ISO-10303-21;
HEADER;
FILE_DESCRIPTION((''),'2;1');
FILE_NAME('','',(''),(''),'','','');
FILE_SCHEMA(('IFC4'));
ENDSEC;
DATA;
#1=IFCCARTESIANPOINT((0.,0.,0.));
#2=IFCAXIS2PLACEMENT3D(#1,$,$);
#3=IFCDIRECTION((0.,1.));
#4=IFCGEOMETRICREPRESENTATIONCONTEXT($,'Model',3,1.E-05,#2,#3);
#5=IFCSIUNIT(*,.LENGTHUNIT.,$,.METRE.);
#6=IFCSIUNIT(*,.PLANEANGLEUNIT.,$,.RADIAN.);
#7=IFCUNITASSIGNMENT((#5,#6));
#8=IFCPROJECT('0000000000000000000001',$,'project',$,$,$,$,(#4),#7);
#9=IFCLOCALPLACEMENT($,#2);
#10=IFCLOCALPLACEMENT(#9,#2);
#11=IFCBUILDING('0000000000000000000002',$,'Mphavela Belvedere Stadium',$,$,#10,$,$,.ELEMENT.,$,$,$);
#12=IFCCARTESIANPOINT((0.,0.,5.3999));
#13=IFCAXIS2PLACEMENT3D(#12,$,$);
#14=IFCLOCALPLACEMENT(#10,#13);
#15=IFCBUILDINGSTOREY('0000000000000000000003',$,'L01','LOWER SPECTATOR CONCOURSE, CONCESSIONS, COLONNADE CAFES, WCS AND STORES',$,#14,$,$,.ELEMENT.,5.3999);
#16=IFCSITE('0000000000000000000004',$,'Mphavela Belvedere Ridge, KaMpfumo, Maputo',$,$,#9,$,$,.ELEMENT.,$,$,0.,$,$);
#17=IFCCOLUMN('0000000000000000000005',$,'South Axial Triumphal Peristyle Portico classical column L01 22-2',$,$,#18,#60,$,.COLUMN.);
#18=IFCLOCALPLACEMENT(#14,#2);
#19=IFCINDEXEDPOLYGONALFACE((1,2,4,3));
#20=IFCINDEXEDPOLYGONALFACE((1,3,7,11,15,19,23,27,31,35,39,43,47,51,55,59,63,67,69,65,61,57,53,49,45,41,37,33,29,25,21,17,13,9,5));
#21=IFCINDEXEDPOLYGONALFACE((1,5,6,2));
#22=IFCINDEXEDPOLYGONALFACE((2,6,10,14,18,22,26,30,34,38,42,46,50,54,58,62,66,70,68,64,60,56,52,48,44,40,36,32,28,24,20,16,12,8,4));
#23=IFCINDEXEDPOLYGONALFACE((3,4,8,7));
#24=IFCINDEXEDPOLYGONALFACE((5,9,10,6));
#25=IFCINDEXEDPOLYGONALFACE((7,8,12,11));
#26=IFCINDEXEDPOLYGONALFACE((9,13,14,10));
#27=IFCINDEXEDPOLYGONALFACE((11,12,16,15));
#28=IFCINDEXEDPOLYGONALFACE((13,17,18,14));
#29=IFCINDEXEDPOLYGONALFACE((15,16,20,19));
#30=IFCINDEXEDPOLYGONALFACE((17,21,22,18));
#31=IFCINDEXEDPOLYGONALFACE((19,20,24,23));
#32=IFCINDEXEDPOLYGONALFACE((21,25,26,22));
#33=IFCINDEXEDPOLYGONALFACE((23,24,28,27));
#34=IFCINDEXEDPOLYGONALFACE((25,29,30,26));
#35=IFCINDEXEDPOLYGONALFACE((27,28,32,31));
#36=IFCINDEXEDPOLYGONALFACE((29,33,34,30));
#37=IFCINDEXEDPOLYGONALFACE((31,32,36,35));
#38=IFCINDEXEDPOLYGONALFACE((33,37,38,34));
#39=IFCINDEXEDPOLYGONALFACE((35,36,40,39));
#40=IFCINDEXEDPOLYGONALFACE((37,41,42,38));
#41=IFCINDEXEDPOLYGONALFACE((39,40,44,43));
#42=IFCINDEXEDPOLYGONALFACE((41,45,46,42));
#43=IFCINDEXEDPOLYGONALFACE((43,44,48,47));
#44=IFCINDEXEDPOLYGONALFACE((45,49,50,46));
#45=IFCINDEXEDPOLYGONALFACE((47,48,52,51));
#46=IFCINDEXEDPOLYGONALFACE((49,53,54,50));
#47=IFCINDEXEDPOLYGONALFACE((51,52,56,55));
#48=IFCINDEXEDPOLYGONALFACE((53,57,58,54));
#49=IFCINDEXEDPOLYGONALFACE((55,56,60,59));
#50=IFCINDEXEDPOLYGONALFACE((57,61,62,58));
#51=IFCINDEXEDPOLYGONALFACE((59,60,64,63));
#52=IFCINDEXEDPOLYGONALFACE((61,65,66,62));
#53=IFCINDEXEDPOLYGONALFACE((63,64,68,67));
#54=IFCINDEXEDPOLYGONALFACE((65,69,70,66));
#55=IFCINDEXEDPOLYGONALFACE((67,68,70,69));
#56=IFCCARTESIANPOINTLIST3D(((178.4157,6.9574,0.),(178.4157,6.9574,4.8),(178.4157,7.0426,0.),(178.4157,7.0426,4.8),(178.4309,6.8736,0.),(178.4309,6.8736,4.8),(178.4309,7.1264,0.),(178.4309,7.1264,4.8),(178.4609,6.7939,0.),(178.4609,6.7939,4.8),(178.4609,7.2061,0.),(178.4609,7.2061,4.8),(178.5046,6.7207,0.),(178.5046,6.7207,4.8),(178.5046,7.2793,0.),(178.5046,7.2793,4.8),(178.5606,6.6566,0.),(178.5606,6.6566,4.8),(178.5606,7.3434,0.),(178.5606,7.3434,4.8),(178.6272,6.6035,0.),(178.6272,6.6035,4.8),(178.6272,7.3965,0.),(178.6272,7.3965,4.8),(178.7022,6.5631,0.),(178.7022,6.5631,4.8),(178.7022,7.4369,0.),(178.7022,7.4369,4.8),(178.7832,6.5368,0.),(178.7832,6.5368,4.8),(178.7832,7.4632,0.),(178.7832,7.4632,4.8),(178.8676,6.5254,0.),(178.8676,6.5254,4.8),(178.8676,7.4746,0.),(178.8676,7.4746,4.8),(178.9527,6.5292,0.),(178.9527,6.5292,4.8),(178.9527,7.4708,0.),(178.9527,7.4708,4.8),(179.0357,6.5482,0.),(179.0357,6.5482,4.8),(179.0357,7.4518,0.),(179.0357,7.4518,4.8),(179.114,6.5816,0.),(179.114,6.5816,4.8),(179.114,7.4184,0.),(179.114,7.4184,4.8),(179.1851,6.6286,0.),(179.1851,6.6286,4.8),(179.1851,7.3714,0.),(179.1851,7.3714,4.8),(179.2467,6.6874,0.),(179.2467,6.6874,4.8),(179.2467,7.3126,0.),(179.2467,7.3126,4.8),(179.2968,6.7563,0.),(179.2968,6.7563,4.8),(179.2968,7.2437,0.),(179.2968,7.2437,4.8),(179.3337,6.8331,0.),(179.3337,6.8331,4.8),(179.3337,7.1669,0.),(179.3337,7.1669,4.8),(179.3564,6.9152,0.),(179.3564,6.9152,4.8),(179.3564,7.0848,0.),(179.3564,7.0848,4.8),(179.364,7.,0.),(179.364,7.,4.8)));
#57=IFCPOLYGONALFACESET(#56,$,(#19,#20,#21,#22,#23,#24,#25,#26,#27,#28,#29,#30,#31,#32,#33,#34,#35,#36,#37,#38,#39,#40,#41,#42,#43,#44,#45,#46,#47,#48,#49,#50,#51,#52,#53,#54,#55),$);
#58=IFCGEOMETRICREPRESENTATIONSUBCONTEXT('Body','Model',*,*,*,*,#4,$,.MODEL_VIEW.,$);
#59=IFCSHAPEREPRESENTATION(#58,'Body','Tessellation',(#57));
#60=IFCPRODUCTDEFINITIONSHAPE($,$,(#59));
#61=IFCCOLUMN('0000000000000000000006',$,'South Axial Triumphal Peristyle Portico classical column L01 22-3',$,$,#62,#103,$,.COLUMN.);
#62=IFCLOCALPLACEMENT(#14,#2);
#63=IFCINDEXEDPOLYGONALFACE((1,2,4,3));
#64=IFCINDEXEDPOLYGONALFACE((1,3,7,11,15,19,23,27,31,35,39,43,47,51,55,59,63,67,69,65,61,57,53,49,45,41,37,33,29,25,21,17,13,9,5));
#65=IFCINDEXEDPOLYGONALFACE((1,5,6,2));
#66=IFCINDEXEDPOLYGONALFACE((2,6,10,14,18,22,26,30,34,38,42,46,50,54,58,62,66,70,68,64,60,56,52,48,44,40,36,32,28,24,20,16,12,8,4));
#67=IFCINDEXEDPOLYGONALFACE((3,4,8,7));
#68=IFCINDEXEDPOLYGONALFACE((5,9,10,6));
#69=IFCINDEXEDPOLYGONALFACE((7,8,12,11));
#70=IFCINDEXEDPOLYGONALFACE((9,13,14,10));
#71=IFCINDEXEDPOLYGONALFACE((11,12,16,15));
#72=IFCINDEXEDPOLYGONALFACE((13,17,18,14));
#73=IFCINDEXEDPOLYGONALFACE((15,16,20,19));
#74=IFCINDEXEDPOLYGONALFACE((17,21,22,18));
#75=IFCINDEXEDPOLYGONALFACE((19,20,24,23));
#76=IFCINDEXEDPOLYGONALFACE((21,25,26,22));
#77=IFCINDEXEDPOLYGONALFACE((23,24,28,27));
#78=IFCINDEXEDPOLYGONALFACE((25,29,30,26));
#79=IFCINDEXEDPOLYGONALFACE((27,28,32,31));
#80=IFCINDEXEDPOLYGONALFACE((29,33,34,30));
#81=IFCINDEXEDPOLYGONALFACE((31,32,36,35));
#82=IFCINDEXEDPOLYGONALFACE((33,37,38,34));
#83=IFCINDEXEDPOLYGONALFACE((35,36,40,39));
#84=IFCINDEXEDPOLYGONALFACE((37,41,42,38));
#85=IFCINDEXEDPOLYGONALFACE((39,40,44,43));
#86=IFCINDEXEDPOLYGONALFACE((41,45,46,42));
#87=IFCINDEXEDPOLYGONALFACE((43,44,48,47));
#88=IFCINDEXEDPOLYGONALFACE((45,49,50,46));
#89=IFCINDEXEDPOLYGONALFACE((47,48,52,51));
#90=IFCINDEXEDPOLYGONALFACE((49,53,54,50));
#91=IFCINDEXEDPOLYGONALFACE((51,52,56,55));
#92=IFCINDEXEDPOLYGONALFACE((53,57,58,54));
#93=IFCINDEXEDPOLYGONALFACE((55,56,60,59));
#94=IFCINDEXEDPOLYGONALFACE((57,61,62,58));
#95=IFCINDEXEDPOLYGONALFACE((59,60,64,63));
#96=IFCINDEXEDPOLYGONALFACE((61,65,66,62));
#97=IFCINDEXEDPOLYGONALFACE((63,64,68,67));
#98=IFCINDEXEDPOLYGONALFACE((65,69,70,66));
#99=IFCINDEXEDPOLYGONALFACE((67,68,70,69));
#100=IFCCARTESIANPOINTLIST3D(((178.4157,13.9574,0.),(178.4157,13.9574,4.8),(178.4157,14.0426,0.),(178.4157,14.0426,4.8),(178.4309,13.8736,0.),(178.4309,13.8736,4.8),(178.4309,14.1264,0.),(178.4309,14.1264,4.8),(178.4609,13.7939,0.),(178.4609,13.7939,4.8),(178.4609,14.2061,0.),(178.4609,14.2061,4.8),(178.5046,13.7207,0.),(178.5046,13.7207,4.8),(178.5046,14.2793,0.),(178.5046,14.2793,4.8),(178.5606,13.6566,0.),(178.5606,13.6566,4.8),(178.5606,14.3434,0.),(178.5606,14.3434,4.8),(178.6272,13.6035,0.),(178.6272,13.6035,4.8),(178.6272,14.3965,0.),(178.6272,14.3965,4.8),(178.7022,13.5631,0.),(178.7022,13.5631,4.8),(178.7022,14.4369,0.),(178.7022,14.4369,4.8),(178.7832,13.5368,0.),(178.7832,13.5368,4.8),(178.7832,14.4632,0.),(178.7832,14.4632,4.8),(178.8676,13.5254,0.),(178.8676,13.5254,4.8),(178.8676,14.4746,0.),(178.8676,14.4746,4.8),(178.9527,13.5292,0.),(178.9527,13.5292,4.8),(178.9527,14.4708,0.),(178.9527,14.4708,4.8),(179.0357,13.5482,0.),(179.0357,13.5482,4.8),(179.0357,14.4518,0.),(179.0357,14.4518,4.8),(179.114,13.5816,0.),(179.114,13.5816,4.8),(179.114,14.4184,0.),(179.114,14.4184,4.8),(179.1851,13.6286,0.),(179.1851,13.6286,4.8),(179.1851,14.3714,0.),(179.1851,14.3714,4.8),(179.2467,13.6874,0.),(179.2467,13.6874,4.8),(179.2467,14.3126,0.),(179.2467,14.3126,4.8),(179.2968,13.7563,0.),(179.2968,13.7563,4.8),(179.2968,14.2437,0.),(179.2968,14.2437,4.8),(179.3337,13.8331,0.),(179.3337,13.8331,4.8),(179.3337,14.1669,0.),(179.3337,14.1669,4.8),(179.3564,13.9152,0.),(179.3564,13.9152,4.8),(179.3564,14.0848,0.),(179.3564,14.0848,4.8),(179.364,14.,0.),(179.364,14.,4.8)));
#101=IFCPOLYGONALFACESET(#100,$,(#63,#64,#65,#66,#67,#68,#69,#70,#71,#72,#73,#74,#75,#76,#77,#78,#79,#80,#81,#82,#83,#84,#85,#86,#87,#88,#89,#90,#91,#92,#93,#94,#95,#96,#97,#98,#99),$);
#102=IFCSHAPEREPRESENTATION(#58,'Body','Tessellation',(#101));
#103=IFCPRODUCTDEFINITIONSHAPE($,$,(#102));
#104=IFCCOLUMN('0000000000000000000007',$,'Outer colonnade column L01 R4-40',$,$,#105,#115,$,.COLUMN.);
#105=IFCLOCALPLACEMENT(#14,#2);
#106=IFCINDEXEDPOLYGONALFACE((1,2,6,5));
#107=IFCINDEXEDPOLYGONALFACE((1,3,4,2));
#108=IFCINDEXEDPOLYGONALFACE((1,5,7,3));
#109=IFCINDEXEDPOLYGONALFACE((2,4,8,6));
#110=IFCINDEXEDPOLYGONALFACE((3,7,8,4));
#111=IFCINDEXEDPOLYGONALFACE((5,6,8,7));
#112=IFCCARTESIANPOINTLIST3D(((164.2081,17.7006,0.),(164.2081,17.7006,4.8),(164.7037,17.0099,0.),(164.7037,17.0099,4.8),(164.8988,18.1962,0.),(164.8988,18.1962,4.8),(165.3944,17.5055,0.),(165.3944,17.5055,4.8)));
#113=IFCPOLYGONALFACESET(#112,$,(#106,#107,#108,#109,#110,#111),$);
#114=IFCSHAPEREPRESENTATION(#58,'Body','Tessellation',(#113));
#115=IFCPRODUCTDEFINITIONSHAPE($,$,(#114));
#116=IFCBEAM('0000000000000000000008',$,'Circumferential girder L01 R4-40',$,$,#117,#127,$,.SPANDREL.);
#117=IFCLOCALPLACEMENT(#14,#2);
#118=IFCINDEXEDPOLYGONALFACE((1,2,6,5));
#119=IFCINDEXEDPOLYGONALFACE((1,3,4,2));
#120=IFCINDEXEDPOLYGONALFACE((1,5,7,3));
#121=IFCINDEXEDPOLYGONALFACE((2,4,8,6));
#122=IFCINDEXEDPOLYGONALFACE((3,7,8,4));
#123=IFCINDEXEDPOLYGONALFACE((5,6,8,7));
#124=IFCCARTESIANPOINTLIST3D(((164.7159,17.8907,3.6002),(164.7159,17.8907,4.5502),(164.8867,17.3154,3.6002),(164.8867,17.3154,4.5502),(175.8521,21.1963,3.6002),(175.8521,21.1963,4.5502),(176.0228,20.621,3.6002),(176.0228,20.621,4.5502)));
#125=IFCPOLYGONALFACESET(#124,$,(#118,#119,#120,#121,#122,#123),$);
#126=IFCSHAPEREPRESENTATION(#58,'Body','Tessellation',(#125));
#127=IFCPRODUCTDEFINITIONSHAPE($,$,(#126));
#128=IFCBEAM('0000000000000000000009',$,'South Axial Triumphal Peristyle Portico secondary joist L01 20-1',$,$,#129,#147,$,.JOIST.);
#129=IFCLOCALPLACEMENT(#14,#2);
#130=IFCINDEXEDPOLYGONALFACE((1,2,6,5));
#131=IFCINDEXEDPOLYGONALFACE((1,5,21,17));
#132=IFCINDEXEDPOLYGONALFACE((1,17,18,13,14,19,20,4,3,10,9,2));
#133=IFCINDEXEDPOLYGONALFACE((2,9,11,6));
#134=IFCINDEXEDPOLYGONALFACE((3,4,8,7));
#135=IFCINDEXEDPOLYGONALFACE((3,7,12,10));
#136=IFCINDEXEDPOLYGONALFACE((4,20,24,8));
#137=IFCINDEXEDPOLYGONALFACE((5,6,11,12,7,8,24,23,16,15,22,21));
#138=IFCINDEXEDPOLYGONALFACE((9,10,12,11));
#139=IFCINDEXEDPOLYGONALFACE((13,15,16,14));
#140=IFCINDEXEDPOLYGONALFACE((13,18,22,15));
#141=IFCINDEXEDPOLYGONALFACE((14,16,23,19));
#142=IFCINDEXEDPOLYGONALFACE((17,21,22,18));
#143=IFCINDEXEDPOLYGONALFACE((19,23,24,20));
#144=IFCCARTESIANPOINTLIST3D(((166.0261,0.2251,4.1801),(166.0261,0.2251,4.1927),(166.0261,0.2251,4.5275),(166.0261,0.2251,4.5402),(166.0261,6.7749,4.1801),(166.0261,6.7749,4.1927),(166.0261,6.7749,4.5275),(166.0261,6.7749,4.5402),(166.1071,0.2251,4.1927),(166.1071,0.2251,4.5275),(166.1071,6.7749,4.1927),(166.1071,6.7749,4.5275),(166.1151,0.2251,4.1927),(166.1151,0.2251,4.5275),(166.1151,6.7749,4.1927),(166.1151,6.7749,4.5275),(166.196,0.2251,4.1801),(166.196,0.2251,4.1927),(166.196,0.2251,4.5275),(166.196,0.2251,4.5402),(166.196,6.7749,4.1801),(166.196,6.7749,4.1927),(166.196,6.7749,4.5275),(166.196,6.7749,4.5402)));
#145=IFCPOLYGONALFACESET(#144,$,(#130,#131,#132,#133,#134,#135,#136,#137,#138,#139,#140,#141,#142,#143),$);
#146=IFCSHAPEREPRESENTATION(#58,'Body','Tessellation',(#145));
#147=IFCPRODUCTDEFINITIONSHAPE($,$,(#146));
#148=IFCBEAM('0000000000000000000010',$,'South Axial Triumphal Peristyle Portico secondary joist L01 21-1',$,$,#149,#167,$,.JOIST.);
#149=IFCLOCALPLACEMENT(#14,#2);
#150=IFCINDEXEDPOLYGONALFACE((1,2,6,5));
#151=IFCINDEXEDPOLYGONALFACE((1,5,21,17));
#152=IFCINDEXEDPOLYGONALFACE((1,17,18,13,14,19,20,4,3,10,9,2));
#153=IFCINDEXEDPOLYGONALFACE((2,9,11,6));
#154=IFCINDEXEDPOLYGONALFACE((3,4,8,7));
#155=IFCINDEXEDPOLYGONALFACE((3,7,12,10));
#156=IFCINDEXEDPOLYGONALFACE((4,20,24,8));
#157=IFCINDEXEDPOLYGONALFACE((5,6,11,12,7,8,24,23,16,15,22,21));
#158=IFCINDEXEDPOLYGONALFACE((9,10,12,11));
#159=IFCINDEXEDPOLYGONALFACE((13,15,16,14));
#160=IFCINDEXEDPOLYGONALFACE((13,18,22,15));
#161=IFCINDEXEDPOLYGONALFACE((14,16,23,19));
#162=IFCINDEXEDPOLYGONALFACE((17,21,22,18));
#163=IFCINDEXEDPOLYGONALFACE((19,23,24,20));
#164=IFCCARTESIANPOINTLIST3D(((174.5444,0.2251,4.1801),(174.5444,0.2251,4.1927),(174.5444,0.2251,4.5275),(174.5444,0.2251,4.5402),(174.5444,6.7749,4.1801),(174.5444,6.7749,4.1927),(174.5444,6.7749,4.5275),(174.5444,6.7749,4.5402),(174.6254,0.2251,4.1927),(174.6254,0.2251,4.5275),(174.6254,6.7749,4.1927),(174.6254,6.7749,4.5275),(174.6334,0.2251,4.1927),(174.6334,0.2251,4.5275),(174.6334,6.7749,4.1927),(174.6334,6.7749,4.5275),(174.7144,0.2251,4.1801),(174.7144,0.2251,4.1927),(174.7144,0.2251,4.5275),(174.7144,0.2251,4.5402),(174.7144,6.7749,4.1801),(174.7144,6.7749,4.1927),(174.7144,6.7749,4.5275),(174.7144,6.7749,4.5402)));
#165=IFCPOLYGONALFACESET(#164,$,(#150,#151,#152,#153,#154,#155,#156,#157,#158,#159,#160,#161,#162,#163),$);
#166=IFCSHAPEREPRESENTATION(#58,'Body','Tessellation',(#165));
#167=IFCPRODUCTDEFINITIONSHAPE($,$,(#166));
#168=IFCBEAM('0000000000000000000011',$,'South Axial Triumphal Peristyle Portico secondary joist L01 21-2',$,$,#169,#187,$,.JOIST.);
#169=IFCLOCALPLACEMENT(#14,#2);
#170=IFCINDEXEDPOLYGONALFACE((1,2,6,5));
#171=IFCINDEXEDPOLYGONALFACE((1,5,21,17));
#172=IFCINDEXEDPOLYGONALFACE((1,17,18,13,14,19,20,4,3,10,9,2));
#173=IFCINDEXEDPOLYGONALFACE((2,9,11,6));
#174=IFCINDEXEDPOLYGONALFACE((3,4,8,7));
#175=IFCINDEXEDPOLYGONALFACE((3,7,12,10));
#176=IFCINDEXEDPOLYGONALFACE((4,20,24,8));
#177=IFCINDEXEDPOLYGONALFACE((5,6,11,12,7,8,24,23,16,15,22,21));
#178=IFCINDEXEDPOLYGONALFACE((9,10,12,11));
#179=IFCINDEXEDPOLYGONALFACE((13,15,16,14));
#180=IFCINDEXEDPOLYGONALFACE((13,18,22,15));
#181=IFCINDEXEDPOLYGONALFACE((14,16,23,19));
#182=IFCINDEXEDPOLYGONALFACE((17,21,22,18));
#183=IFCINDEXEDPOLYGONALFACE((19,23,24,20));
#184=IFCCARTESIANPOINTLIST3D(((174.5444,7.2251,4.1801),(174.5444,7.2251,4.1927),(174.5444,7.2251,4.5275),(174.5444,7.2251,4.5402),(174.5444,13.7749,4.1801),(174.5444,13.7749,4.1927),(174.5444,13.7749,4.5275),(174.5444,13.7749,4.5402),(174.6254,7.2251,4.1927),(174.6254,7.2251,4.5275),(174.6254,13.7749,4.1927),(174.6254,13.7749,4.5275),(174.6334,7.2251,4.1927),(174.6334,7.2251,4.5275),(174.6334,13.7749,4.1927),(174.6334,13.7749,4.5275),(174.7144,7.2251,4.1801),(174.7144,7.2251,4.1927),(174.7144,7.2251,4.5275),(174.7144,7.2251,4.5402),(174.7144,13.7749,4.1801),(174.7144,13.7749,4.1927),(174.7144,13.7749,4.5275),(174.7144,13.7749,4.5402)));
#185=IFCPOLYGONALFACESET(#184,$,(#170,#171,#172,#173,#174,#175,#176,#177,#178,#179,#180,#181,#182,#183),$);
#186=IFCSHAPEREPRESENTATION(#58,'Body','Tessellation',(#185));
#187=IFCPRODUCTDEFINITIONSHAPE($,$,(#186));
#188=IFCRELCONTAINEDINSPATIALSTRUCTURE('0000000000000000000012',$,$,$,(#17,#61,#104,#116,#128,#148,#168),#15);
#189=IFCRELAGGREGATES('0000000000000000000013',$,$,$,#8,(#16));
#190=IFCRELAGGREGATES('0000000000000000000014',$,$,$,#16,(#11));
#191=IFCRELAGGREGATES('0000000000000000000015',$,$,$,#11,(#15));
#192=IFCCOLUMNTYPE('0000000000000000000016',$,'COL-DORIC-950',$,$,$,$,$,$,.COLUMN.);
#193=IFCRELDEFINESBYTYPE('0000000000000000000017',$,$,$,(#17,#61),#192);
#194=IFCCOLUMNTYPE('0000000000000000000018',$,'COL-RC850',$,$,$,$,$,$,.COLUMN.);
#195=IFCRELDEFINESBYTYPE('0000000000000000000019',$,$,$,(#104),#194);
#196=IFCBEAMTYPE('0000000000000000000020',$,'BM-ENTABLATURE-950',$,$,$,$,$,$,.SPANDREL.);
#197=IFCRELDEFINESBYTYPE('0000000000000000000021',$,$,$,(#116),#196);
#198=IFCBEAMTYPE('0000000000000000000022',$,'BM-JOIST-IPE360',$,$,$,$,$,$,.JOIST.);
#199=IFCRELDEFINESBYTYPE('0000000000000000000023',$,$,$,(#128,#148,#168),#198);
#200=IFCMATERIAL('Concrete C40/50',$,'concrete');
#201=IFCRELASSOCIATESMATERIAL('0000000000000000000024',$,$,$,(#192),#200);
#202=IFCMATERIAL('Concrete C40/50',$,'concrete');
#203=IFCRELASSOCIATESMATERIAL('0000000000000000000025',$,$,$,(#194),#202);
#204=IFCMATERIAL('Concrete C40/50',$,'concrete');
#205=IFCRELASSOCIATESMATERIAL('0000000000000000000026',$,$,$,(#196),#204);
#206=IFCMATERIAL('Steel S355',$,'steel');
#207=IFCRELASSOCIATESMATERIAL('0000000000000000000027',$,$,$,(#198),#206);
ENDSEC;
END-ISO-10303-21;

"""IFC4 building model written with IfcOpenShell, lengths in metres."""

from ifc_helpers import new_model, si_unit, direction, frame, origin, origin_2d, place, context, subcontext, project, spatial, rectangle, circle, i_section, extrude, material, material_profile, profile_set, type_object, element, save


model = new_model("IFC4")

# Units and contexts
model_context = context("Model", 3, precision=1e-05, world=origin(), true_north=direction((0.0, 1.0)))
body_context = subcontext(model_context, "Body", "Model", "MODEL_VIEW")
ifc_project = project(units=[si_unit("LENGTHUNIT", "METRE"), si_unit("PLANEANGLEUNIT", "RADIAN")], contexts=[model_context])

# Site, building, storey
site_placement = place(None, origin())
site = spatial("IfcSite", under=ifc_project, at=site_placement, Name="Mphavela Belvedere Ridge, KaMpfumo, Maputo", CompositionType="ELEMENT", RefElevation=0.0)
building_placement = place(site_placement, origin())
building = spatial("IfcBuilding", under=site, at=building_placement, Name="Mphavela Belvedere Stadium", CompositionType="ELEMENT")
storey_placement = place(building_placement, frame((0.0, 0.0, 5.3999)))
storey = spatial("IfcBuildingStorey", under=building, at=storey_placement, Name="L01", Description="LOWER SPECTATOR CONCOURSE, CONCESSIONS, COLONNADE CAFES, WCS AND STORES", CompositionType="ELEMENT", Elevation=5.3999)

# Columns
ifc_material_1 = material(Name="Concrete C40/50", Category="concrete")
ifc_material_profile_1 = material_profile(ifc_material_1, circle(Radius=0.4751, at=origin_2d()), Name="COL D950")
ifc_profile_set_1 = profile_set([ifc_material_profile_1], Name="Concrete C40/50")
column_type_1 = type_object("IfcColumnType", Name="COL-DORIC-950", PredefinedType="COLUMN", material=ifc_profile_set_1)
for number, where, z_axis, x_axis, name in (
    (1, (178.8889, 7.0, 0.0), (0.0, 0.0, 1.0), (1.0, 0.0, 0.0), "South Axial Triumphal Peristyle Portico classical column L01 22-2"),
    (2, (178.8889, 14.0, 0.0), (0.0, 0.0, 1.0), (1.0, 0.0, 0.0), "South Axial Triumphal Peristyle Portico classical column L01 22-3"),
):
    element("IfcColumn", number, at=place(storey_placement, frame(where, z_axis=z_axis, x_axis=x_axis)), inside=storey, type_object=column_type_1, Name=name, PredefinedType="COLUMN", context=body_context, shape_type="SweptSolid", body=[
        extrude(circle(Radius=0.4751, at=origin_2d()), origin(), (0.0, 0.0, 1.0), 4.8),
    ])
ifc_material_2 = material(Name="Concrete C40/50", Category="concrete")
ifc_material_profile_2 = material_profile(ifc_material_2, rectangle(XDim=0.8501, YDim=0.8501, at=origin_2d()), Name="RC 850x850")
ifc_profile_set_2 = profile_set([ifc_material_profile_2], Name="Concrete C40/50")
column_type_2 = type_object("IfcColumnType", Name="COL-RC850", PredefinedType="COLUMN", material=ifc_profile_set_2)
column_placement = place(storey_placement, frame((164.8013, 17.603, 0.0), z_axis=(0.0, 0.0, 1.0), x_axis=(0.582974, -0.812491, 0.0)))
element("IfcColumn", 3, at=column_placement, inside=storey, type_object=column_type_2, Name="Outer colonnade column L01 R4-40", PredefinedType="COLUMN", context=body_context, shape_type="SweptSolid", body=[
    extrude(rectangle(XDim=0.8501, YDim=0.8501, at=origin_2d()), origin(), (0.0, 0.0, 1.0), 4.8),
])

# Beams
ifc_material_3 = material(Name="Concrete C40/50", Category="concrete")
ifc_material_profile_3 = material_profile(ifc_material_3, rectangle(XDim=0.6001, YDim=0.95, at=origin_2d()), Name="RC 600x950")
ifc_profile_set_3 = profile_set([ifc_material_profile_3], Name="Concrete C40/50")
beam_type_1 = type_object("IfcBeamType", Name="BM-ENTABLATURE-950", PredefinedType="SPANDREL", material=ifc_profile_set_3)
beam_1_placement = place(storey_placement, frame((164.8013, 17.603, 4.0752), z_axis=(0.958656, 0.284566, 0.0), x_axis=(-0.284566, 0.958656, 0.0)))
element("IfcBeam", 4, at=beam_1_placement, inside=storey, type_object=beam_type_1, Name="Circumferential girder L01 R4-40", PredefinedType="SPANDREL", context=body_context, shape_type="SweptSolid", body=[
    extrude(rectangle(XDim=0.6001, YDim=0.95, at=origin_2d()), origin(), (0.0, 0.0, 1.0), 11.6165),
])
ifc_material_4 = material(Name="Steel S355", Category="steel")
ifc_material_profile_4 = material_profile(ifc_material_4, i_section(OverallWidth=0.1699, OverallDepth=0.3601, WebThickness=0.0081, FlangeThickness=0.0127, at=origin_2d()), Name="IPE 360")
ifc_profile_set_4 = profile_set([ifc_material_profile_4], Name="Steel S355")
beam_type_2 = type_object("IfcBeamType", Name="BM-JOIST-IPE360", PredefinedType="JOIST", material=ifc_profile_set_4)
for number, where, z_axis, x_axis, name in (
    (5, (166.1111, 0.2251, 4.3601), (0.0, 1.0, 0.0), (-1.0, 0.0, 0.0), "South Axial Triumphal Peristyle Portico secondary joist L01 20-1"),
    (6, (174.6294, 0.2251, 4.3601), (0.0, 1.0, 0.0), (-1.0, 0.0, 0.0), "South Axial Triumphal Peristyle Portico secondary joist L01 21-1"),
    (7, (174.6294, 7.2251, 4.3601), (0.0, 1.0, 0.0), (-1.0, 0.0, 0.0), "South Axial Triumphal Peristyle Portico secondary joist L01 21-2"),
):
    element("IfcBeam", number, at=place(storey_placement, frame(where, z_axis=z_axis, x_axis=x_axis)), inside=storey, type_object=beam_type_2, Name=name, PredefinedType="JOIST", context=body_context, shape_type="SweptSolid", body=[
        extrude(i_section(OverallWidth=0.1699, OverallDepth=0.3601, WebThickness=0.0081, FlangeThickness=0.0127, at=origin_2d()), origin(), (0.0, 0.0, 1.0), 6.5498),
    ])

save(model, "model.ifc")
